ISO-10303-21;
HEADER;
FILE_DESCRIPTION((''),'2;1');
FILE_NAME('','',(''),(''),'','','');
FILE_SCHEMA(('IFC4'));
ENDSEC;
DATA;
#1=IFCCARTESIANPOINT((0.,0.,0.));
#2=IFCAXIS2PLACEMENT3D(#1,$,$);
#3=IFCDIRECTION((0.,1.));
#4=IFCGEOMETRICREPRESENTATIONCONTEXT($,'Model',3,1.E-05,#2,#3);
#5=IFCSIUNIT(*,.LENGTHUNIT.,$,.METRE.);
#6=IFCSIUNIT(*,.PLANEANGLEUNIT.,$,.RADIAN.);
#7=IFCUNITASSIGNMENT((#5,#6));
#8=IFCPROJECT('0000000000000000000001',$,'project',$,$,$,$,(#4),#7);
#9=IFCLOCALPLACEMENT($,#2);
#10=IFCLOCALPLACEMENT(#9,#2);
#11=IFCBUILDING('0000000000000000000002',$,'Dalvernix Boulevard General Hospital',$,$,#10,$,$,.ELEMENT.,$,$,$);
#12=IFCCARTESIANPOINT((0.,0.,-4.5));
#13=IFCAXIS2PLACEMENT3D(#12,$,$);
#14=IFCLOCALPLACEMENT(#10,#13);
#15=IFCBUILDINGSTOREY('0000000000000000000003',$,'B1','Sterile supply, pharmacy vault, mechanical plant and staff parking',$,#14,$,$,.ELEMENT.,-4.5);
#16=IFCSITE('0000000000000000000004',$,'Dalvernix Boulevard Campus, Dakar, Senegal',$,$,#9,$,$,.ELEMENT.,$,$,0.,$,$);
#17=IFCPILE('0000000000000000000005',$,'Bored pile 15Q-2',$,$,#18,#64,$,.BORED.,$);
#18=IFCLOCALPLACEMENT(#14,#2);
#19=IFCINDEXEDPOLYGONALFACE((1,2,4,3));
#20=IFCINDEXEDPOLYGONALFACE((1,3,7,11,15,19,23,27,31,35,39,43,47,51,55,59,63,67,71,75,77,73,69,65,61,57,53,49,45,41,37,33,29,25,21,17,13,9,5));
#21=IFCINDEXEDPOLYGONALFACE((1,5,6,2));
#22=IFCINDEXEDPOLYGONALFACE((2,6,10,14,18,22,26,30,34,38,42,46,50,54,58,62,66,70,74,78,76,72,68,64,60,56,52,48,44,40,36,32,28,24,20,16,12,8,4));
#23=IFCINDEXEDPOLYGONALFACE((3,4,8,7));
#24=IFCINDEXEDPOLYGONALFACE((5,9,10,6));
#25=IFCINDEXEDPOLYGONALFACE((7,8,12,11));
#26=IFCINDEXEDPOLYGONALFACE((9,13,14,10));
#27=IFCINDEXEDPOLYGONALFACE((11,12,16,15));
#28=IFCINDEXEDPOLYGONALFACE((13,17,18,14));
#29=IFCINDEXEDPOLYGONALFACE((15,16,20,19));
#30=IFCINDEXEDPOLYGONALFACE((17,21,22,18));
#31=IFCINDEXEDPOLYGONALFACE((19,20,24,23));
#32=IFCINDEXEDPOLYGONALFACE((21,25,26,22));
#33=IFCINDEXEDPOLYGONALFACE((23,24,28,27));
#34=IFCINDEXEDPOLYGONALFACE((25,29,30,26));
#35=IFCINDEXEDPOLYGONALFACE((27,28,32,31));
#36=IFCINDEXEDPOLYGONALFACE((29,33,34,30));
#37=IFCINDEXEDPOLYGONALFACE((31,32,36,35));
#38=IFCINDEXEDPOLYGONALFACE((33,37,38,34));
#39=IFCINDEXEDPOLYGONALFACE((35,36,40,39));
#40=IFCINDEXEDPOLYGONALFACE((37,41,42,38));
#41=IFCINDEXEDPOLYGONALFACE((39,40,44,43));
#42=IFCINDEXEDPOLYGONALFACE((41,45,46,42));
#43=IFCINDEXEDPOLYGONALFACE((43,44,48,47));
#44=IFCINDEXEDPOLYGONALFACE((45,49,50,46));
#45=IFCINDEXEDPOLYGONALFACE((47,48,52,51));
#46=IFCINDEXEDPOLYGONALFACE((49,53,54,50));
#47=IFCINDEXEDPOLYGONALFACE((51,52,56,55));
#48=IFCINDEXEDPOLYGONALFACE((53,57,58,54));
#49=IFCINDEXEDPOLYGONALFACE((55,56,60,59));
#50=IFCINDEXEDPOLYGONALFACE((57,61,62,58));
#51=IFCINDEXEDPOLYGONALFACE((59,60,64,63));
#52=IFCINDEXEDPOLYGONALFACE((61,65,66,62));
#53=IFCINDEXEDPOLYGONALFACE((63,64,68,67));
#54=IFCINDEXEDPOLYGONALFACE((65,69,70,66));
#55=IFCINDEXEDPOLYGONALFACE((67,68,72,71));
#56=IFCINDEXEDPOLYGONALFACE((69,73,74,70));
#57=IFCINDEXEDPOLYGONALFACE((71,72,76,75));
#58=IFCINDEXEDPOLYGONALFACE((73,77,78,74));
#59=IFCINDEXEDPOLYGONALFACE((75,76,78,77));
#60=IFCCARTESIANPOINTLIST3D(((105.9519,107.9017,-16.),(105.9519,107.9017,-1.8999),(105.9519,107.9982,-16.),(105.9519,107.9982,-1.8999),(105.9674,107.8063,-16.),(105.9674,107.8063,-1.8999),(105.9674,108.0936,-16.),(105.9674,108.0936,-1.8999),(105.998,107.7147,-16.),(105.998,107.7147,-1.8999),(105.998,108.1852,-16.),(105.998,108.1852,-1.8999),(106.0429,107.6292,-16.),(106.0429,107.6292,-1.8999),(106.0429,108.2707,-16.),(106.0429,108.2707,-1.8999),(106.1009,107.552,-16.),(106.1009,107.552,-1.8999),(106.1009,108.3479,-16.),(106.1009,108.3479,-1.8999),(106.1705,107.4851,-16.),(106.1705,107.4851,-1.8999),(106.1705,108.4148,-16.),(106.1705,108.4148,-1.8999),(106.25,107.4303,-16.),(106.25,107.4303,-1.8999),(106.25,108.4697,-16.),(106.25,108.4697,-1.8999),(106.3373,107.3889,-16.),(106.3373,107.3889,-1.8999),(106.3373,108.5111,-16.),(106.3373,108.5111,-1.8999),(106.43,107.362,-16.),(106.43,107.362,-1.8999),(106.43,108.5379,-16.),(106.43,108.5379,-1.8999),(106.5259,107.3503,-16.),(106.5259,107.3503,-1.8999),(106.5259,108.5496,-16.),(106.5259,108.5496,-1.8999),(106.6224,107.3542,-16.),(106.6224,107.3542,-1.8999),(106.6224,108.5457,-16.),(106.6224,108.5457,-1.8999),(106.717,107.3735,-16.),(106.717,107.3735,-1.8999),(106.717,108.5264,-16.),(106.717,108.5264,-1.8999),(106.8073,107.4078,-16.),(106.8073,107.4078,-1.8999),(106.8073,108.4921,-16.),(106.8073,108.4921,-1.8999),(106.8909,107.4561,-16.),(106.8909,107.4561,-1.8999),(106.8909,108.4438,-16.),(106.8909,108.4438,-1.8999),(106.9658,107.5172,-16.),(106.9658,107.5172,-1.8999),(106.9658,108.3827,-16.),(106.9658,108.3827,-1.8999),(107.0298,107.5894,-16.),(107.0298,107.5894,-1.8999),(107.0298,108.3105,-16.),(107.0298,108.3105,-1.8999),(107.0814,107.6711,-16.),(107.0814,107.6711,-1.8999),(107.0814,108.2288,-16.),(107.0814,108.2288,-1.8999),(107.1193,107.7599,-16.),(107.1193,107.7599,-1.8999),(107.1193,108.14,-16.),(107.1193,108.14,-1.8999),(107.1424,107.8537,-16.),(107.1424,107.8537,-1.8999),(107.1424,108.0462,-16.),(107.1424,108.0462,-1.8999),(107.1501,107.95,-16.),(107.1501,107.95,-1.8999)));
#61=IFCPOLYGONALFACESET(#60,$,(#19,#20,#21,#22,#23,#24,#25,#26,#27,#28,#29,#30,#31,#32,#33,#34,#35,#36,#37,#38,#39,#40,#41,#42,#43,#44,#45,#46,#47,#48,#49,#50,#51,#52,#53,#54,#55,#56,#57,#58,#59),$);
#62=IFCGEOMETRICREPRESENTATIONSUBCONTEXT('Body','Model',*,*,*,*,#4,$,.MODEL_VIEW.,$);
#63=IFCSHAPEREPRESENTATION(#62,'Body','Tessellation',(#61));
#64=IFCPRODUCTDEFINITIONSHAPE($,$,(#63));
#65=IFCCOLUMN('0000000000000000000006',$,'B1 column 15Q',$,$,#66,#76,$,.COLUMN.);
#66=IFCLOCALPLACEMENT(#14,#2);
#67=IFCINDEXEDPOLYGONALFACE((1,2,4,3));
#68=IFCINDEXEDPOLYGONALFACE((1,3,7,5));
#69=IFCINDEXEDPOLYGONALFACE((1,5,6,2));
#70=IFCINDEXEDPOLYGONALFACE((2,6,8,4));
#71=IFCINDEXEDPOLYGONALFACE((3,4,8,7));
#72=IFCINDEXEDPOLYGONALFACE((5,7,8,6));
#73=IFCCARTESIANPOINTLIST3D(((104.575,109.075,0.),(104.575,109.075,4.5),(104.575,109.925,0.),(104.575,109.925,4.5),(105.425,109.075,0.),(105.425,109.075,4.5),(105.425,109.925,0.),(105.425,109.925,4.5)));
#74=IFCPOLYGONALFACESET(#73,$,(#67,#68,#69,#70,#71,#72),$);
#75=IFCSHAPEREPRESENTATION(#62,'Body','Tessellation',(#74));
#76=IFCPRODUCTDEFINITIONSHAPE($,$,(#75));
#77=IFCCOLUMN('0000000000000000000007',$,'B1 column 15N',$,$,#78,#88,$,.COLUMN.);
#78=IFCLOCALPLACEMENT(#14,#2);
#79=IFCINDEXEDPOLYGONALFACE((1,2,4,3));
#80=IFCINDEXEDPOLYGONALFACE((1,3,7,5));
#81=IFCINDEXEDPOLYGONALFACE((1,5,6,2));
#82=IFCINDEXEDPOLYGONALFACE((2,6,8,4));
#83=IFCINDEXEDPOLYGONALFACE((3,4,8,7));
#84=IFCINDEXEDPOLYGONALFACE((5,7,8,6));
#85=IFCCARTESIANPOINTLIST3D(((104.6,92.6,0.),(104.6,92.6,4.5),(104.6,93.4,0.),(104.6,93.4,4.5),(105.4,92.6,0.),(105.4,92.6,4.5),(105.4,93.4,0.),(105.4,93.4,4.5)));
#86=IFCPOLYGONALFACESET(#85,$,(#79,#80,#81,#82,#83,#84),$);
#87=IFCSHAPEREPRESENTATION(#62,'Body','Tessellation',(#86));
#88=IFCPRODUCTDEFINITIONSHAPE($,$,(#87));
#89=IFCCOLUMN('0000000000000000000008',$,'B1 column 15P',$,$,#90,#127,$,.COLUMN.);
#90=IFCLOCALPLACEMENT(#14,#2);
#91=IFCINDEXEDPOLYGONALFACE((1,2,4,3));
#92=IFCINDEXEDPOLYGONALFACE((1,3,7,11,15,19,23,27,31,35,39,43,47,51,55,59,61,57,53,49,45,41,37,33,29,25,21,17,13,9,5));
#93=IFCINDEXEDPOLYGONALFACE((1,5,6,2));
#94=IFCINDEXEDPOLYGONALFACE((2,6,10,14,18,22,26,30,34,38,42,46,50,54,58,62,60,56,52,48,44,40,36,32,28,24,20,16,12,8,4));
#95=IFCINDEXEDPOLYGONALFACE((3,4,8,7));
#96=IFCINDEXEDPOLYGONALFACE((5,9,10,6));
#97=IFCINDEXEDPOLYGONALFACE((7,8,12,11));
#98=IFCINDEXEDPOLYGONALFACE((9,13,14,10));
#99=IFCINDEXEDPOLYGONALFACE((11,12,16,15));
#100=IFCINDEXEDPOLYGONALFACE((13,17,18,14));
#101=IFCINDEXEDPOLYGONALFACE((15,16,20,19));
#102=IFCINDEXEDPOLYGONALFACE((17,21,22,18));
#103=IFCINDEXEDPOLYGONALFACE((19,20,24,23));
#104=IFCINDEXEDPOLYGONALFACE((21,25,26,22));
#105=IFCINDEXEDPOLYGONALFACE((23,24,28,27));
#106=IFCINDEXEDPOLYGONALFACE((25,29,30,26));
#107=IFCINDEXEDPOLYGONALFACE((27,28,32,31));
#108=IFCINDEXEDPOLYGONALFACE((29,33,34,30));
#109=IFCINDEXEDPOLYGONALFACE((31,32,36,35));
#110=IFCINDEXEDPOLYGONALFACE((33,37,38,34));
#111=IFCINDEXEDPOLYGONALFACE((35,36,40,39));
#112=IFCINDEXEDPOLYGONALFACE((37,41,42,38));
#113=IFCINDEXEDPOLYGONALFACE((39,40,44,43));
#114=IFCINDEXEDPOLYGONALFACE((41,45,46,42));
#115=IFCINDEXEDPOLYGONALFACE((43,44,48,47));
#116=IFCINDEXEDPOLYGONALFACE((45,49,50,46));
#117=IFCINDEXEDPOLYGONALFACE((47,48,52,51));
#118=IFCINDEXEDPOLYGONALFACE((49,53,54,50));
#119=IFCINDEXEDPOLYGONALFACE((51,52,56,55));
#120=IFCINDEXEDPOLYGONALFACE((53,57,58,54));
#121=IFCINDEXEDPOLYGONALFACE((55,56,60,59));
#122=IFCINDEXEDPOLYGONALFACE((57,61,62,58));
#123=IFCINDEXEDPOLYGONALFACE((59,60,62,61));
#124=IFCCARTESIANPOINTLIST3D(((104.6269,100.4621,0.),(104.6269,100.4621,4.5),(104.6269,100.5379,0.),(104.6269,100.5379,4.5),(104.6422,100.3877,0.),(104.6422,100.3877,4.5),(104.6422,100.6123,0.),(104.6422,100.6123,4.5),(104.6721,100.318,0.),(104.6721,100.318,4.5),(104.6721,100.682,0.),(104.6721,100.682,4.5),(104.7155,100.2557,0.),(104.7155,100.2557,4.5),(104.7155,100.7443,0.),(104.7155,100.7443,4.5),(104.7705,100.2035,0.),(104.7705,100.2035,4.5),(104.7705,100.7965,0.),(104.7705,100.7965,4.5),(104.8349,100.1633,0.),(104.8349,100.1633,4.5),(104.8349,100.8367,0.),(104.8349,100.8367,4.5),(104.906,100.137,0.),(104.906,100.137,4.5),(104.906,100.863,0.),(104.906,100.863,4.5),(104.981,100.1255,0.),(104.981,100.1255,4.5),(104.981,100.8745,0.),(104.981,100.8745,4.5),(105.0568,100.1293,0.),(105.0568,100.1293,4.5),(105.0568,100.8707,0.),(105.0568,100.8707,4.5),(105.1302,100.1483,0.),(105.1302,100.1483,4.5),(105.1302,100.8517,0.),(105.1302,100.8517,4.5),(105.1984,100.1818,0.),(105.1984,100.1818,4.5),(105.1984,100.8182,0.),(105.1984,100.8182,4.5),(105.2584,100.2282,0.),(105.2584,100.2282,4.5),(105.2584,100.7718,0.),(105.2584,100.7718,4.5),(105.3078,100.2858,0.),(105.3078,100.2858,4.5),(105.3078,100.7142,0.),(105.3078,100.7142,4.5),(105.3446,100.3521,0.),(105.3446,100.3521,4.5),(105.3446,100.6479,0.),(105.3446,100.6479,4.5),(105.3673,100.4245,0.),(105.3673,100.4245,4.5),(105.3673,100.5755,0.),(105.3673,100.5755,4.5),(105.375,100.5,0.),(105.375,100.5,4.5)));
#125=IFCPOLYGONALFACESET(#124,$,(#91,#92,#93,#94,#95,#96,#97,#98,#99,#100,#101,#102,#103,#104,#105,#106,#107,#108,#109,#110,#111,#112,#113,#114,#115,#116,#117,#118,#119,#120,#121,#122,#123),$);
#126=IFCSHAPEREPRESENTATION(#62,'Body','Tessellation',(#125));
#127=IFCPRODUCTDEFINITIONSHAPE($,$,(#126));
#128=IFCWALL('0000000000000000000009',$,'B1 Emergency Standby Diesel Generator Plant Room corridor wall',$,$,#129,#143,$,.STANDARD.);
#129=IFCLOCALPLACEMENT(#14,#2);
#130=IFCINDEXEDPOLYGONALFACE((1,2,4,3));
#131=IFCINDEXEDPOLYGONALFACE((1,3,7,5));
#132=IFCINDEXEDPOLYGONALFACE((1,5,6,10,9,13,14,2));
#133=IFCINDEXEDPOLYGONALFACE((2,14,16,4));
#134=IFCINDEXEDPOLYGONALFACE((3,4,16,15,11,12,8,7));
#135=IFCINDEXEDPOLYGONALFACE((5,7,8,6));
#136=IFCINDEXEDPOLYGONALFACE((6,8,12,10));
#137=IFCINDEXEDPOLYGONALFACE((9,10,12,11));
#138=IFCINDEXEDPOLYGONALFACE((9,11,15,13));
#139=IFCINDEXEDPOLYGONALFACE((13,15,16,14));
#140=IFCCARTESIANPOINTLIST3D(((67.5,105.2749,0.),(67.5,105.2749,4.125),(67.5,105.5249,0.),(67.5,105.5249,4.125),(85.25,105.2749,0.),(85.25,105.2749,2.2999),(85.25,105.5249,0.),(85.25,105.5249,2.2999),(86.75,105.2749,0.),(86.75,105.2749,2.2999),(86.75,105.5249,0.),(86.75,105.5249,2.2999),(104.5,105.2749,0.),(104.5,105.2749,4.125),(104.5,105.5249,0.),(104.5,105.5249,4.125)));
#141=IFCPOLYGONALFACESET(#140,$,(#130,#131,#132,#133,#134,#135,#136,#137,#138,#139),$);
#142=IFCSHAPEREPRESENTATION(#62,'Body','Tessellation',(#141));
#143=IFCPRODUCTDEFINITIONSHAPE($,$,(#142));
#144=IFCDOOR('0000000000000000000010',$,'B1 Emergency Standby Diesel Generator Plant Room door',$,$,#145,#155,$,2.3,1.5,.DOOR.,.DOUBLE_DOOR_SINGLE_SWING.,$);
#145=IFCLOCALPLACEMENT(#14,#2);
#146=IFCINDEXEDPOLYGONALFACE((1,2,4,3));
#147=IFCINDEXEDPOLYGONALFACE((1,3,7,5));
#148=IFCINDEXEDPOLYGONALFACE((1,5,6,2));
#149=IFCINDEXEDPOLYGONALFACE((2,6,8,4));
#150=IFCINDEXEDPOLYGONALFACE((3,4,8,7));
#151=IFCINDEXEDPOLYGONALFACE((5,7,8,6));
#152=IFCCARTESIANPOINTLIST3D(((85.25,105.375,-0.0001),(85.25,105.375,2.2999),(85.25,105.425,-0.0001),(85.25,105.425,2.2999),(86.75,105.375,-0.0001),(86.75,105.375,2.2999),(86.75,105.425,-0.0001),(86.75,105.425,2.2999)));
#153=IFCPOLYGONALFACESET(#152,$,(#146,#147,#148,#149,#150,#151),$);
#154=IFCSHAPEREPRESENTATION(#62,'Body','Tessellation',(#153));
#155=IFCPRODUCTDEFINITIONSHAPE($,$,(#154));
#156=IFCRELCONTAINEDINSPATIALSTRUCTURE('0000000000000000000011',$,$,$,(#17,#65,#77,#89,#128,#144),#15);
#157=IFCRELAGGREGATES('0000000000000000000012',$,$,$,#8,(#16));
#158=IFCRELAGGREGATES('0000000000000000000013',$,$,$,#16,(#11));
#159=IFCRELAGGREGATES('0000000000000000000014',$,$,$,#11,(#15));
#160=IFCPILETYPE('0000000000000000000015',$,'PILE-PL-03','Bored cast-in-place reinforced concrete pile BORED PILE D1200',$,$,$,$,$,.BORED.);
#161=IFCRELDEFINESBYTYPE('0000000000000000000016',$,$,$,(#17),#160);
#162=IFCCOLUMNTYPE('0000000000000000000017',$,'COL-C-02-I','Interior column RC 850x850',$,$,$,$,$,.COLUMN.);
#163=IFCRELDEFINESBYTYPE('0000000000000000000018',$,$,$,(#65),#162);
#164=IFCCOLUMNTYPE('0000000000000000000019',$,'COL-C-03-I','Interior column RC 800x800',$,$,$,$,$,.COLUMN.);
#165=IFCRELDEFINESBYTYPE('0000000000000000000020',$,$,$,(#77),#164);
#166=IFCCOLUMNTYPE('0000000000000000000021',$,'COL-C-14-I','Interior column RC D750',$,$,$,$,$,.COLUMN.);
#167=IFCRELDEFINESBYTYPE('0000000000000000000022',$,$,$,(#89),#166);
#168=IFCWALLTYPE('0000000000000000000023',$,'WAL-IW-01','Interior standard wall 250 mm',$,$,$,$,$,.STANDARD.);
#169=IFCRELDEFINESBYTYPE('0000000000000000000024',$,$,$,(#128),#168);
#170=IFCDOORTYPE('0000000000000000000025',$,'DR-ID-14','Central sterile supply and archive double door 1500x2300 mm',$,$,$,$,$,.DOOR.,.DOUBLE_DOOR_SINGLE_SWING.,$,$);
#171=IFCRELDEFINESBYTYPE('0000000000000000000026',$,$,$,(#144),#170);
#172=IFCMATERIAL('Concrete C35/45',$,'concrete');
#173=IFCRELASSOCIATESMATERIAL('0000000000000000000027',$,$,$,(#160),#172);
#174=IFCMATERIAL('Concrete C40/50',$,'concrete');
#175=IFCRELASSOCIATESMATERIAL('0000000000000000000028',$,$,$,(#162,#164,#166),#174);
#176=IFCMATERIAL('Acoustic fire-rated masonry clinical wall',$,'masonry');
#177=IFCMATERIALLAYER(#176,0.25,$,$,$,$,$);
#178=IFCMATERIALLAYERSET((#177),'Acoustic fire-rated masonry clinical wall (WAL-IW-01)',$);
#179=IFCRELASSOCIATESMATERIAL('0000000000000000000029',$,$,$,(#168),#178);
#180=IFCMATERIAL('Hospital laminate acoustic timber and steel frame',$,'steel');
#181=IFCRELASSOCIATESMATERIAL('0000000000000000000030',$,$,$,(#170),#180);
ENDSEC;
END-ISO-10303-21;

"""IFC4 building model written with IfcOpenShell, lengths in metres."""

from ifc_helpers import new_model, si_unit, direction, frame, frame_2d, origin, origin_2d, place, context, subcontext, project, spatial, rectangle, circle, extrude, material, layer, layer_set, material_profile, profile_set, type_object, element, fill, save


model = new_model("IFC4")

# Units and contexts
model_context = context("Model", 3, precision=1e-05, world=origin(), true_north=direction((0.0, 1.0)))
body_context = subcontext(model_context, "Body", "Model", "MODEL_VIEW")
ifc_project = project(units=[si_unit("LENGTHUNIT", "METRE"), si_unit("PLANEANGLEUNIT", "RADIAN")], contexts=[model_context])

# Site, building, storey
site_placement = place(None, origin())
site = spatial("IfcSite", under=ifc_project, at=site_placement, Name="Dalvernix Boulevard Campus, Dakar, Senegal", CompositionType="ELEMENT", RefElevation=0.0)
building_placement = place(site_placement, origin())
building = spatial("IfcBuilding", under=site, at=building_placement, Name="Dalvernix Boulevard General Hospital", CompositionType="ELEMENT")
storey_placement = place(building_placement, frame((0.0, 0.0, -4.5)))
storey = spatial("IfcBuildingStorey", under=building, at=storey_placement, Name="B1", Description="Sterile supply, pharmacy vault, mechanical plant and staff parking", CompositionType="ELEMENT", Elevation=-4.5)

# Shared definitions
ifc_material_1 = material(Name="Concrete C35/45", Category="concrete")
ifc_material_2 = material(Name="Concrete C40/50", Category="concrete")

# Pile
ifc_material_profile_1 = material_profile(ifc_material_1, circle(Radius=0.6001, at=origin_2d()), Name="BORED PILE D1200")
ifc_profile_set_1 = profile_set([ifc_material_profile_1], Name="Concrete C35/45")
pile_type_1 = type_object("IfcPileType", Name="PILE-PL-03", Description="Bored cast-in-place reinforced concrete pile BORED PILE D1200", PredefinedType="BORED", material=ifc_profile_set_1)
for number, where, z_axis, x_axis, name in (
    (1, (106.55, 107.95, -1.8999), (0.0, 0.0, -1.0), (1.0, 0.0, 0.0), "Bored pile 15Q-2"),
):
    element("IfcPile", number, at=place(storey_placement, frame(where, z_axis=z_axis, x_axis=x_axis)), inside=storey, type_object=pile_type_1, Name=name, PredefinedType="BORED", context=body_context, shape_type="SweptSolid", body=[
        extrude(circle(Radius=0.6001, at=origin_2d()), origin(), (0.0, 0.0, 1.0), 14.1001),
    ])

# Columns
ifc_material_profile_2 = material_profile(ifc_material_2, rectangle(XDim=0.8501, YDim=0.8501, at=origin_2d()), Name="RC 850x850")
ifc_profile_set_2 = profile_set([ifc_material_profile_2], Name="Concrete C40/50")
column_type_1 = type_object("IfcColumnType", Name="COL-C-02-I", Description="Interior column RC 850x850", PredefinedType="COLUMN", material=ifc_profile_set_2)
column_1_placement = place(storey_placement, frame((105.0, 109.5, 0.0), z_axis=(0.0, 0.0, 1.0), x_axis=(1.0, 0.0, 0.0)))
element("IfcColumn", 2, at=column_1_placement, inside=storey, type_object=column_type_1, Name="B1 column 15Q", PredefinedType="COLUMN", context=body_context, shape_type="SweptSolid", body=[
    extrude(rectangle(XDim=0.8501, YDim=0.8501, at=origin_2d()), origin(), (0.0, 0.0, 1.0), 4.5),
])
ifc_material_profile_3 = material_profile(ifc_material_2, rectangle(XDim=0.8, YDim=0.8, at=origin_2d()), Name="RC 800x800")
ifc_profile_set_3 = profile_set([ifc_material_profile_3], Name="Concrete C40/50")
column_type_2 = type_object("IfcColumnType", Name="COL-C-03-I", Description="Interior column RC 800x800", PredefinedType="COLUMN", material=ifc_profile_set_3)
column_2_placement = place(storey_placement, frame((105.0, 93.0, 0.0), z_axis=(0.0, 0.0, 1.0), x_axis=(1.0, 0.0, 0.0)))
element("IfcColumn", 3, at=column_2_placement, inside=storey, type_object=column_type_2, Name="B1 column 15N", PredefinedType="COLUMN", context=body_context, shape_type="SweptSolid", body=[
    extrude(rectangle(XDim=0.8, YDim=0.8, at=origin_2d()), origin(), (0.0, 0.0, 1.0), 4.5),
])
ifc_material_profile_4 = material_profile(ifc_material_2, circle(Radius=0.375, at=origin_2d()), Name="RC D750")
ifc_profile_set_4 = profile_set([ifc_material_profile_4], Name="Concrete C40/50")
column_type_3 = type_object("IfcColumnType", Name="COL-C-14-I", Description="Interior column RC D750", PredefinedType="COLUMN", material=ifc_profile_set_4)
column_3_placement = place(storey_placement, frame((105.0, 100.5, 0.0), z_axis=(0.0, 0.0, 1.0), x_axis=(1.0, 0.0, 0.0)))
element("IfcColumn", 4, at=column_3_placement, inside=storey, type_object=column_type_3, Name="B1 column 15P", PredefinedType="COLUMN", context=body_context, shape_type="SweptSolid", body=[
    extrude(circle(Radius=0.375, at=origin_2d()), origin(), (0.0, 0.0, 1.0), 4.5),
])

# Wall, opening, door
ifc_material_3 = material(Name="Acoustic fire-rated masonry clinical wall", Category="masonry")
ifc_layer = layer(ifc_material_3, 0.25)
ifc_layer_set = layer_set([ifc_layer], Name="Acoustic fire-rated masonry clinical wall (WAL-IW-01)")
wall_type = type_object("IfcWallType", Name="WAL-IW-01", Description="Interior standard wall 250 mm", PredefinedType="STANDARD", material=ifc_layer_set)
wall_placement = place(storey_placement, frame((104.5, 105.3999, 0.0), z_axis=(0.0, 0.0, 1.0), x_axis=(-1.0, 0.0, 0.0)))
wall = element("IfcWall", 5, at=wall_placement, inside=storey, type_object=wall_type, Name="B1 Emergency Standby Diesel Generator Plant Room corridor wall", PredefinedType="STANDARD", context=body_context, shape_type="SweptSolid", body=[
    extrude(rectangle(XDim=37.0, YDim=0.25, at=frame_2d((18.5, 0.0))), origin(), (0.0, 0.0, 1.0), 4.125),
])
opening_placement = place(wall_placement, frame((17.75, 0.0, 0.0)))
opening = element("IfcOpeningElement", 6, at=opening_placement, cuts=wall, PredefinedType="OPENING", context=body_context, shape_type="SweptSolid", body=[
    extrude(rectangle(XDim=1.5, YDim=2.3, at=frame_2d((0.75, 1.1499))), frame((0.0, 0.135, 0.0), z_axis=(0.0, -1.0, 0.0), x_axis=(1.0, 0.0, 0.0)), (0.0, 0.0, 1.0), 0.27),
])
ifc_material_4 = material(Name="Hospital laminate acoustic timber and steel frame", Category="steel")
door_type = type_object("IfcDoorType", Name="DR-ID-14", Description="Central sterile supply and archive double door 1500x2300 mm", OperationType="DOUBLE_DOOR_SINGLE_SWING", PredefinedType="DOOR", material=ifc_material_4)
door_placement = place(opening_placement, origin())
door = element("IfcDoor", 7, at=door_placement, inside=storey, type_object=door_type, Name="B1 Emergency Standby Diesel Generator Plant Room door", OperationType="DOUBLE_DOOR_SINGLE_SWING", OverallHeight=2.3, OverallWidth=1.5, PredefinedType="DOOR", context=body_context, shape_type="SweptSolid", body=[
    extrude(rectangle(XDim=1.5, YDim=2.3, at=frame_2d((0.75, 1.1499))), frame((0.0, 0.0249, 0.0), z_axis=(0.0, -1.0, 0.0), x_axis=(1.0, 0.0, 0.0)), (0.0, 0.0, 1.0), 0.05),
])
fill(opening, door)

save(model, "model.ifc")
